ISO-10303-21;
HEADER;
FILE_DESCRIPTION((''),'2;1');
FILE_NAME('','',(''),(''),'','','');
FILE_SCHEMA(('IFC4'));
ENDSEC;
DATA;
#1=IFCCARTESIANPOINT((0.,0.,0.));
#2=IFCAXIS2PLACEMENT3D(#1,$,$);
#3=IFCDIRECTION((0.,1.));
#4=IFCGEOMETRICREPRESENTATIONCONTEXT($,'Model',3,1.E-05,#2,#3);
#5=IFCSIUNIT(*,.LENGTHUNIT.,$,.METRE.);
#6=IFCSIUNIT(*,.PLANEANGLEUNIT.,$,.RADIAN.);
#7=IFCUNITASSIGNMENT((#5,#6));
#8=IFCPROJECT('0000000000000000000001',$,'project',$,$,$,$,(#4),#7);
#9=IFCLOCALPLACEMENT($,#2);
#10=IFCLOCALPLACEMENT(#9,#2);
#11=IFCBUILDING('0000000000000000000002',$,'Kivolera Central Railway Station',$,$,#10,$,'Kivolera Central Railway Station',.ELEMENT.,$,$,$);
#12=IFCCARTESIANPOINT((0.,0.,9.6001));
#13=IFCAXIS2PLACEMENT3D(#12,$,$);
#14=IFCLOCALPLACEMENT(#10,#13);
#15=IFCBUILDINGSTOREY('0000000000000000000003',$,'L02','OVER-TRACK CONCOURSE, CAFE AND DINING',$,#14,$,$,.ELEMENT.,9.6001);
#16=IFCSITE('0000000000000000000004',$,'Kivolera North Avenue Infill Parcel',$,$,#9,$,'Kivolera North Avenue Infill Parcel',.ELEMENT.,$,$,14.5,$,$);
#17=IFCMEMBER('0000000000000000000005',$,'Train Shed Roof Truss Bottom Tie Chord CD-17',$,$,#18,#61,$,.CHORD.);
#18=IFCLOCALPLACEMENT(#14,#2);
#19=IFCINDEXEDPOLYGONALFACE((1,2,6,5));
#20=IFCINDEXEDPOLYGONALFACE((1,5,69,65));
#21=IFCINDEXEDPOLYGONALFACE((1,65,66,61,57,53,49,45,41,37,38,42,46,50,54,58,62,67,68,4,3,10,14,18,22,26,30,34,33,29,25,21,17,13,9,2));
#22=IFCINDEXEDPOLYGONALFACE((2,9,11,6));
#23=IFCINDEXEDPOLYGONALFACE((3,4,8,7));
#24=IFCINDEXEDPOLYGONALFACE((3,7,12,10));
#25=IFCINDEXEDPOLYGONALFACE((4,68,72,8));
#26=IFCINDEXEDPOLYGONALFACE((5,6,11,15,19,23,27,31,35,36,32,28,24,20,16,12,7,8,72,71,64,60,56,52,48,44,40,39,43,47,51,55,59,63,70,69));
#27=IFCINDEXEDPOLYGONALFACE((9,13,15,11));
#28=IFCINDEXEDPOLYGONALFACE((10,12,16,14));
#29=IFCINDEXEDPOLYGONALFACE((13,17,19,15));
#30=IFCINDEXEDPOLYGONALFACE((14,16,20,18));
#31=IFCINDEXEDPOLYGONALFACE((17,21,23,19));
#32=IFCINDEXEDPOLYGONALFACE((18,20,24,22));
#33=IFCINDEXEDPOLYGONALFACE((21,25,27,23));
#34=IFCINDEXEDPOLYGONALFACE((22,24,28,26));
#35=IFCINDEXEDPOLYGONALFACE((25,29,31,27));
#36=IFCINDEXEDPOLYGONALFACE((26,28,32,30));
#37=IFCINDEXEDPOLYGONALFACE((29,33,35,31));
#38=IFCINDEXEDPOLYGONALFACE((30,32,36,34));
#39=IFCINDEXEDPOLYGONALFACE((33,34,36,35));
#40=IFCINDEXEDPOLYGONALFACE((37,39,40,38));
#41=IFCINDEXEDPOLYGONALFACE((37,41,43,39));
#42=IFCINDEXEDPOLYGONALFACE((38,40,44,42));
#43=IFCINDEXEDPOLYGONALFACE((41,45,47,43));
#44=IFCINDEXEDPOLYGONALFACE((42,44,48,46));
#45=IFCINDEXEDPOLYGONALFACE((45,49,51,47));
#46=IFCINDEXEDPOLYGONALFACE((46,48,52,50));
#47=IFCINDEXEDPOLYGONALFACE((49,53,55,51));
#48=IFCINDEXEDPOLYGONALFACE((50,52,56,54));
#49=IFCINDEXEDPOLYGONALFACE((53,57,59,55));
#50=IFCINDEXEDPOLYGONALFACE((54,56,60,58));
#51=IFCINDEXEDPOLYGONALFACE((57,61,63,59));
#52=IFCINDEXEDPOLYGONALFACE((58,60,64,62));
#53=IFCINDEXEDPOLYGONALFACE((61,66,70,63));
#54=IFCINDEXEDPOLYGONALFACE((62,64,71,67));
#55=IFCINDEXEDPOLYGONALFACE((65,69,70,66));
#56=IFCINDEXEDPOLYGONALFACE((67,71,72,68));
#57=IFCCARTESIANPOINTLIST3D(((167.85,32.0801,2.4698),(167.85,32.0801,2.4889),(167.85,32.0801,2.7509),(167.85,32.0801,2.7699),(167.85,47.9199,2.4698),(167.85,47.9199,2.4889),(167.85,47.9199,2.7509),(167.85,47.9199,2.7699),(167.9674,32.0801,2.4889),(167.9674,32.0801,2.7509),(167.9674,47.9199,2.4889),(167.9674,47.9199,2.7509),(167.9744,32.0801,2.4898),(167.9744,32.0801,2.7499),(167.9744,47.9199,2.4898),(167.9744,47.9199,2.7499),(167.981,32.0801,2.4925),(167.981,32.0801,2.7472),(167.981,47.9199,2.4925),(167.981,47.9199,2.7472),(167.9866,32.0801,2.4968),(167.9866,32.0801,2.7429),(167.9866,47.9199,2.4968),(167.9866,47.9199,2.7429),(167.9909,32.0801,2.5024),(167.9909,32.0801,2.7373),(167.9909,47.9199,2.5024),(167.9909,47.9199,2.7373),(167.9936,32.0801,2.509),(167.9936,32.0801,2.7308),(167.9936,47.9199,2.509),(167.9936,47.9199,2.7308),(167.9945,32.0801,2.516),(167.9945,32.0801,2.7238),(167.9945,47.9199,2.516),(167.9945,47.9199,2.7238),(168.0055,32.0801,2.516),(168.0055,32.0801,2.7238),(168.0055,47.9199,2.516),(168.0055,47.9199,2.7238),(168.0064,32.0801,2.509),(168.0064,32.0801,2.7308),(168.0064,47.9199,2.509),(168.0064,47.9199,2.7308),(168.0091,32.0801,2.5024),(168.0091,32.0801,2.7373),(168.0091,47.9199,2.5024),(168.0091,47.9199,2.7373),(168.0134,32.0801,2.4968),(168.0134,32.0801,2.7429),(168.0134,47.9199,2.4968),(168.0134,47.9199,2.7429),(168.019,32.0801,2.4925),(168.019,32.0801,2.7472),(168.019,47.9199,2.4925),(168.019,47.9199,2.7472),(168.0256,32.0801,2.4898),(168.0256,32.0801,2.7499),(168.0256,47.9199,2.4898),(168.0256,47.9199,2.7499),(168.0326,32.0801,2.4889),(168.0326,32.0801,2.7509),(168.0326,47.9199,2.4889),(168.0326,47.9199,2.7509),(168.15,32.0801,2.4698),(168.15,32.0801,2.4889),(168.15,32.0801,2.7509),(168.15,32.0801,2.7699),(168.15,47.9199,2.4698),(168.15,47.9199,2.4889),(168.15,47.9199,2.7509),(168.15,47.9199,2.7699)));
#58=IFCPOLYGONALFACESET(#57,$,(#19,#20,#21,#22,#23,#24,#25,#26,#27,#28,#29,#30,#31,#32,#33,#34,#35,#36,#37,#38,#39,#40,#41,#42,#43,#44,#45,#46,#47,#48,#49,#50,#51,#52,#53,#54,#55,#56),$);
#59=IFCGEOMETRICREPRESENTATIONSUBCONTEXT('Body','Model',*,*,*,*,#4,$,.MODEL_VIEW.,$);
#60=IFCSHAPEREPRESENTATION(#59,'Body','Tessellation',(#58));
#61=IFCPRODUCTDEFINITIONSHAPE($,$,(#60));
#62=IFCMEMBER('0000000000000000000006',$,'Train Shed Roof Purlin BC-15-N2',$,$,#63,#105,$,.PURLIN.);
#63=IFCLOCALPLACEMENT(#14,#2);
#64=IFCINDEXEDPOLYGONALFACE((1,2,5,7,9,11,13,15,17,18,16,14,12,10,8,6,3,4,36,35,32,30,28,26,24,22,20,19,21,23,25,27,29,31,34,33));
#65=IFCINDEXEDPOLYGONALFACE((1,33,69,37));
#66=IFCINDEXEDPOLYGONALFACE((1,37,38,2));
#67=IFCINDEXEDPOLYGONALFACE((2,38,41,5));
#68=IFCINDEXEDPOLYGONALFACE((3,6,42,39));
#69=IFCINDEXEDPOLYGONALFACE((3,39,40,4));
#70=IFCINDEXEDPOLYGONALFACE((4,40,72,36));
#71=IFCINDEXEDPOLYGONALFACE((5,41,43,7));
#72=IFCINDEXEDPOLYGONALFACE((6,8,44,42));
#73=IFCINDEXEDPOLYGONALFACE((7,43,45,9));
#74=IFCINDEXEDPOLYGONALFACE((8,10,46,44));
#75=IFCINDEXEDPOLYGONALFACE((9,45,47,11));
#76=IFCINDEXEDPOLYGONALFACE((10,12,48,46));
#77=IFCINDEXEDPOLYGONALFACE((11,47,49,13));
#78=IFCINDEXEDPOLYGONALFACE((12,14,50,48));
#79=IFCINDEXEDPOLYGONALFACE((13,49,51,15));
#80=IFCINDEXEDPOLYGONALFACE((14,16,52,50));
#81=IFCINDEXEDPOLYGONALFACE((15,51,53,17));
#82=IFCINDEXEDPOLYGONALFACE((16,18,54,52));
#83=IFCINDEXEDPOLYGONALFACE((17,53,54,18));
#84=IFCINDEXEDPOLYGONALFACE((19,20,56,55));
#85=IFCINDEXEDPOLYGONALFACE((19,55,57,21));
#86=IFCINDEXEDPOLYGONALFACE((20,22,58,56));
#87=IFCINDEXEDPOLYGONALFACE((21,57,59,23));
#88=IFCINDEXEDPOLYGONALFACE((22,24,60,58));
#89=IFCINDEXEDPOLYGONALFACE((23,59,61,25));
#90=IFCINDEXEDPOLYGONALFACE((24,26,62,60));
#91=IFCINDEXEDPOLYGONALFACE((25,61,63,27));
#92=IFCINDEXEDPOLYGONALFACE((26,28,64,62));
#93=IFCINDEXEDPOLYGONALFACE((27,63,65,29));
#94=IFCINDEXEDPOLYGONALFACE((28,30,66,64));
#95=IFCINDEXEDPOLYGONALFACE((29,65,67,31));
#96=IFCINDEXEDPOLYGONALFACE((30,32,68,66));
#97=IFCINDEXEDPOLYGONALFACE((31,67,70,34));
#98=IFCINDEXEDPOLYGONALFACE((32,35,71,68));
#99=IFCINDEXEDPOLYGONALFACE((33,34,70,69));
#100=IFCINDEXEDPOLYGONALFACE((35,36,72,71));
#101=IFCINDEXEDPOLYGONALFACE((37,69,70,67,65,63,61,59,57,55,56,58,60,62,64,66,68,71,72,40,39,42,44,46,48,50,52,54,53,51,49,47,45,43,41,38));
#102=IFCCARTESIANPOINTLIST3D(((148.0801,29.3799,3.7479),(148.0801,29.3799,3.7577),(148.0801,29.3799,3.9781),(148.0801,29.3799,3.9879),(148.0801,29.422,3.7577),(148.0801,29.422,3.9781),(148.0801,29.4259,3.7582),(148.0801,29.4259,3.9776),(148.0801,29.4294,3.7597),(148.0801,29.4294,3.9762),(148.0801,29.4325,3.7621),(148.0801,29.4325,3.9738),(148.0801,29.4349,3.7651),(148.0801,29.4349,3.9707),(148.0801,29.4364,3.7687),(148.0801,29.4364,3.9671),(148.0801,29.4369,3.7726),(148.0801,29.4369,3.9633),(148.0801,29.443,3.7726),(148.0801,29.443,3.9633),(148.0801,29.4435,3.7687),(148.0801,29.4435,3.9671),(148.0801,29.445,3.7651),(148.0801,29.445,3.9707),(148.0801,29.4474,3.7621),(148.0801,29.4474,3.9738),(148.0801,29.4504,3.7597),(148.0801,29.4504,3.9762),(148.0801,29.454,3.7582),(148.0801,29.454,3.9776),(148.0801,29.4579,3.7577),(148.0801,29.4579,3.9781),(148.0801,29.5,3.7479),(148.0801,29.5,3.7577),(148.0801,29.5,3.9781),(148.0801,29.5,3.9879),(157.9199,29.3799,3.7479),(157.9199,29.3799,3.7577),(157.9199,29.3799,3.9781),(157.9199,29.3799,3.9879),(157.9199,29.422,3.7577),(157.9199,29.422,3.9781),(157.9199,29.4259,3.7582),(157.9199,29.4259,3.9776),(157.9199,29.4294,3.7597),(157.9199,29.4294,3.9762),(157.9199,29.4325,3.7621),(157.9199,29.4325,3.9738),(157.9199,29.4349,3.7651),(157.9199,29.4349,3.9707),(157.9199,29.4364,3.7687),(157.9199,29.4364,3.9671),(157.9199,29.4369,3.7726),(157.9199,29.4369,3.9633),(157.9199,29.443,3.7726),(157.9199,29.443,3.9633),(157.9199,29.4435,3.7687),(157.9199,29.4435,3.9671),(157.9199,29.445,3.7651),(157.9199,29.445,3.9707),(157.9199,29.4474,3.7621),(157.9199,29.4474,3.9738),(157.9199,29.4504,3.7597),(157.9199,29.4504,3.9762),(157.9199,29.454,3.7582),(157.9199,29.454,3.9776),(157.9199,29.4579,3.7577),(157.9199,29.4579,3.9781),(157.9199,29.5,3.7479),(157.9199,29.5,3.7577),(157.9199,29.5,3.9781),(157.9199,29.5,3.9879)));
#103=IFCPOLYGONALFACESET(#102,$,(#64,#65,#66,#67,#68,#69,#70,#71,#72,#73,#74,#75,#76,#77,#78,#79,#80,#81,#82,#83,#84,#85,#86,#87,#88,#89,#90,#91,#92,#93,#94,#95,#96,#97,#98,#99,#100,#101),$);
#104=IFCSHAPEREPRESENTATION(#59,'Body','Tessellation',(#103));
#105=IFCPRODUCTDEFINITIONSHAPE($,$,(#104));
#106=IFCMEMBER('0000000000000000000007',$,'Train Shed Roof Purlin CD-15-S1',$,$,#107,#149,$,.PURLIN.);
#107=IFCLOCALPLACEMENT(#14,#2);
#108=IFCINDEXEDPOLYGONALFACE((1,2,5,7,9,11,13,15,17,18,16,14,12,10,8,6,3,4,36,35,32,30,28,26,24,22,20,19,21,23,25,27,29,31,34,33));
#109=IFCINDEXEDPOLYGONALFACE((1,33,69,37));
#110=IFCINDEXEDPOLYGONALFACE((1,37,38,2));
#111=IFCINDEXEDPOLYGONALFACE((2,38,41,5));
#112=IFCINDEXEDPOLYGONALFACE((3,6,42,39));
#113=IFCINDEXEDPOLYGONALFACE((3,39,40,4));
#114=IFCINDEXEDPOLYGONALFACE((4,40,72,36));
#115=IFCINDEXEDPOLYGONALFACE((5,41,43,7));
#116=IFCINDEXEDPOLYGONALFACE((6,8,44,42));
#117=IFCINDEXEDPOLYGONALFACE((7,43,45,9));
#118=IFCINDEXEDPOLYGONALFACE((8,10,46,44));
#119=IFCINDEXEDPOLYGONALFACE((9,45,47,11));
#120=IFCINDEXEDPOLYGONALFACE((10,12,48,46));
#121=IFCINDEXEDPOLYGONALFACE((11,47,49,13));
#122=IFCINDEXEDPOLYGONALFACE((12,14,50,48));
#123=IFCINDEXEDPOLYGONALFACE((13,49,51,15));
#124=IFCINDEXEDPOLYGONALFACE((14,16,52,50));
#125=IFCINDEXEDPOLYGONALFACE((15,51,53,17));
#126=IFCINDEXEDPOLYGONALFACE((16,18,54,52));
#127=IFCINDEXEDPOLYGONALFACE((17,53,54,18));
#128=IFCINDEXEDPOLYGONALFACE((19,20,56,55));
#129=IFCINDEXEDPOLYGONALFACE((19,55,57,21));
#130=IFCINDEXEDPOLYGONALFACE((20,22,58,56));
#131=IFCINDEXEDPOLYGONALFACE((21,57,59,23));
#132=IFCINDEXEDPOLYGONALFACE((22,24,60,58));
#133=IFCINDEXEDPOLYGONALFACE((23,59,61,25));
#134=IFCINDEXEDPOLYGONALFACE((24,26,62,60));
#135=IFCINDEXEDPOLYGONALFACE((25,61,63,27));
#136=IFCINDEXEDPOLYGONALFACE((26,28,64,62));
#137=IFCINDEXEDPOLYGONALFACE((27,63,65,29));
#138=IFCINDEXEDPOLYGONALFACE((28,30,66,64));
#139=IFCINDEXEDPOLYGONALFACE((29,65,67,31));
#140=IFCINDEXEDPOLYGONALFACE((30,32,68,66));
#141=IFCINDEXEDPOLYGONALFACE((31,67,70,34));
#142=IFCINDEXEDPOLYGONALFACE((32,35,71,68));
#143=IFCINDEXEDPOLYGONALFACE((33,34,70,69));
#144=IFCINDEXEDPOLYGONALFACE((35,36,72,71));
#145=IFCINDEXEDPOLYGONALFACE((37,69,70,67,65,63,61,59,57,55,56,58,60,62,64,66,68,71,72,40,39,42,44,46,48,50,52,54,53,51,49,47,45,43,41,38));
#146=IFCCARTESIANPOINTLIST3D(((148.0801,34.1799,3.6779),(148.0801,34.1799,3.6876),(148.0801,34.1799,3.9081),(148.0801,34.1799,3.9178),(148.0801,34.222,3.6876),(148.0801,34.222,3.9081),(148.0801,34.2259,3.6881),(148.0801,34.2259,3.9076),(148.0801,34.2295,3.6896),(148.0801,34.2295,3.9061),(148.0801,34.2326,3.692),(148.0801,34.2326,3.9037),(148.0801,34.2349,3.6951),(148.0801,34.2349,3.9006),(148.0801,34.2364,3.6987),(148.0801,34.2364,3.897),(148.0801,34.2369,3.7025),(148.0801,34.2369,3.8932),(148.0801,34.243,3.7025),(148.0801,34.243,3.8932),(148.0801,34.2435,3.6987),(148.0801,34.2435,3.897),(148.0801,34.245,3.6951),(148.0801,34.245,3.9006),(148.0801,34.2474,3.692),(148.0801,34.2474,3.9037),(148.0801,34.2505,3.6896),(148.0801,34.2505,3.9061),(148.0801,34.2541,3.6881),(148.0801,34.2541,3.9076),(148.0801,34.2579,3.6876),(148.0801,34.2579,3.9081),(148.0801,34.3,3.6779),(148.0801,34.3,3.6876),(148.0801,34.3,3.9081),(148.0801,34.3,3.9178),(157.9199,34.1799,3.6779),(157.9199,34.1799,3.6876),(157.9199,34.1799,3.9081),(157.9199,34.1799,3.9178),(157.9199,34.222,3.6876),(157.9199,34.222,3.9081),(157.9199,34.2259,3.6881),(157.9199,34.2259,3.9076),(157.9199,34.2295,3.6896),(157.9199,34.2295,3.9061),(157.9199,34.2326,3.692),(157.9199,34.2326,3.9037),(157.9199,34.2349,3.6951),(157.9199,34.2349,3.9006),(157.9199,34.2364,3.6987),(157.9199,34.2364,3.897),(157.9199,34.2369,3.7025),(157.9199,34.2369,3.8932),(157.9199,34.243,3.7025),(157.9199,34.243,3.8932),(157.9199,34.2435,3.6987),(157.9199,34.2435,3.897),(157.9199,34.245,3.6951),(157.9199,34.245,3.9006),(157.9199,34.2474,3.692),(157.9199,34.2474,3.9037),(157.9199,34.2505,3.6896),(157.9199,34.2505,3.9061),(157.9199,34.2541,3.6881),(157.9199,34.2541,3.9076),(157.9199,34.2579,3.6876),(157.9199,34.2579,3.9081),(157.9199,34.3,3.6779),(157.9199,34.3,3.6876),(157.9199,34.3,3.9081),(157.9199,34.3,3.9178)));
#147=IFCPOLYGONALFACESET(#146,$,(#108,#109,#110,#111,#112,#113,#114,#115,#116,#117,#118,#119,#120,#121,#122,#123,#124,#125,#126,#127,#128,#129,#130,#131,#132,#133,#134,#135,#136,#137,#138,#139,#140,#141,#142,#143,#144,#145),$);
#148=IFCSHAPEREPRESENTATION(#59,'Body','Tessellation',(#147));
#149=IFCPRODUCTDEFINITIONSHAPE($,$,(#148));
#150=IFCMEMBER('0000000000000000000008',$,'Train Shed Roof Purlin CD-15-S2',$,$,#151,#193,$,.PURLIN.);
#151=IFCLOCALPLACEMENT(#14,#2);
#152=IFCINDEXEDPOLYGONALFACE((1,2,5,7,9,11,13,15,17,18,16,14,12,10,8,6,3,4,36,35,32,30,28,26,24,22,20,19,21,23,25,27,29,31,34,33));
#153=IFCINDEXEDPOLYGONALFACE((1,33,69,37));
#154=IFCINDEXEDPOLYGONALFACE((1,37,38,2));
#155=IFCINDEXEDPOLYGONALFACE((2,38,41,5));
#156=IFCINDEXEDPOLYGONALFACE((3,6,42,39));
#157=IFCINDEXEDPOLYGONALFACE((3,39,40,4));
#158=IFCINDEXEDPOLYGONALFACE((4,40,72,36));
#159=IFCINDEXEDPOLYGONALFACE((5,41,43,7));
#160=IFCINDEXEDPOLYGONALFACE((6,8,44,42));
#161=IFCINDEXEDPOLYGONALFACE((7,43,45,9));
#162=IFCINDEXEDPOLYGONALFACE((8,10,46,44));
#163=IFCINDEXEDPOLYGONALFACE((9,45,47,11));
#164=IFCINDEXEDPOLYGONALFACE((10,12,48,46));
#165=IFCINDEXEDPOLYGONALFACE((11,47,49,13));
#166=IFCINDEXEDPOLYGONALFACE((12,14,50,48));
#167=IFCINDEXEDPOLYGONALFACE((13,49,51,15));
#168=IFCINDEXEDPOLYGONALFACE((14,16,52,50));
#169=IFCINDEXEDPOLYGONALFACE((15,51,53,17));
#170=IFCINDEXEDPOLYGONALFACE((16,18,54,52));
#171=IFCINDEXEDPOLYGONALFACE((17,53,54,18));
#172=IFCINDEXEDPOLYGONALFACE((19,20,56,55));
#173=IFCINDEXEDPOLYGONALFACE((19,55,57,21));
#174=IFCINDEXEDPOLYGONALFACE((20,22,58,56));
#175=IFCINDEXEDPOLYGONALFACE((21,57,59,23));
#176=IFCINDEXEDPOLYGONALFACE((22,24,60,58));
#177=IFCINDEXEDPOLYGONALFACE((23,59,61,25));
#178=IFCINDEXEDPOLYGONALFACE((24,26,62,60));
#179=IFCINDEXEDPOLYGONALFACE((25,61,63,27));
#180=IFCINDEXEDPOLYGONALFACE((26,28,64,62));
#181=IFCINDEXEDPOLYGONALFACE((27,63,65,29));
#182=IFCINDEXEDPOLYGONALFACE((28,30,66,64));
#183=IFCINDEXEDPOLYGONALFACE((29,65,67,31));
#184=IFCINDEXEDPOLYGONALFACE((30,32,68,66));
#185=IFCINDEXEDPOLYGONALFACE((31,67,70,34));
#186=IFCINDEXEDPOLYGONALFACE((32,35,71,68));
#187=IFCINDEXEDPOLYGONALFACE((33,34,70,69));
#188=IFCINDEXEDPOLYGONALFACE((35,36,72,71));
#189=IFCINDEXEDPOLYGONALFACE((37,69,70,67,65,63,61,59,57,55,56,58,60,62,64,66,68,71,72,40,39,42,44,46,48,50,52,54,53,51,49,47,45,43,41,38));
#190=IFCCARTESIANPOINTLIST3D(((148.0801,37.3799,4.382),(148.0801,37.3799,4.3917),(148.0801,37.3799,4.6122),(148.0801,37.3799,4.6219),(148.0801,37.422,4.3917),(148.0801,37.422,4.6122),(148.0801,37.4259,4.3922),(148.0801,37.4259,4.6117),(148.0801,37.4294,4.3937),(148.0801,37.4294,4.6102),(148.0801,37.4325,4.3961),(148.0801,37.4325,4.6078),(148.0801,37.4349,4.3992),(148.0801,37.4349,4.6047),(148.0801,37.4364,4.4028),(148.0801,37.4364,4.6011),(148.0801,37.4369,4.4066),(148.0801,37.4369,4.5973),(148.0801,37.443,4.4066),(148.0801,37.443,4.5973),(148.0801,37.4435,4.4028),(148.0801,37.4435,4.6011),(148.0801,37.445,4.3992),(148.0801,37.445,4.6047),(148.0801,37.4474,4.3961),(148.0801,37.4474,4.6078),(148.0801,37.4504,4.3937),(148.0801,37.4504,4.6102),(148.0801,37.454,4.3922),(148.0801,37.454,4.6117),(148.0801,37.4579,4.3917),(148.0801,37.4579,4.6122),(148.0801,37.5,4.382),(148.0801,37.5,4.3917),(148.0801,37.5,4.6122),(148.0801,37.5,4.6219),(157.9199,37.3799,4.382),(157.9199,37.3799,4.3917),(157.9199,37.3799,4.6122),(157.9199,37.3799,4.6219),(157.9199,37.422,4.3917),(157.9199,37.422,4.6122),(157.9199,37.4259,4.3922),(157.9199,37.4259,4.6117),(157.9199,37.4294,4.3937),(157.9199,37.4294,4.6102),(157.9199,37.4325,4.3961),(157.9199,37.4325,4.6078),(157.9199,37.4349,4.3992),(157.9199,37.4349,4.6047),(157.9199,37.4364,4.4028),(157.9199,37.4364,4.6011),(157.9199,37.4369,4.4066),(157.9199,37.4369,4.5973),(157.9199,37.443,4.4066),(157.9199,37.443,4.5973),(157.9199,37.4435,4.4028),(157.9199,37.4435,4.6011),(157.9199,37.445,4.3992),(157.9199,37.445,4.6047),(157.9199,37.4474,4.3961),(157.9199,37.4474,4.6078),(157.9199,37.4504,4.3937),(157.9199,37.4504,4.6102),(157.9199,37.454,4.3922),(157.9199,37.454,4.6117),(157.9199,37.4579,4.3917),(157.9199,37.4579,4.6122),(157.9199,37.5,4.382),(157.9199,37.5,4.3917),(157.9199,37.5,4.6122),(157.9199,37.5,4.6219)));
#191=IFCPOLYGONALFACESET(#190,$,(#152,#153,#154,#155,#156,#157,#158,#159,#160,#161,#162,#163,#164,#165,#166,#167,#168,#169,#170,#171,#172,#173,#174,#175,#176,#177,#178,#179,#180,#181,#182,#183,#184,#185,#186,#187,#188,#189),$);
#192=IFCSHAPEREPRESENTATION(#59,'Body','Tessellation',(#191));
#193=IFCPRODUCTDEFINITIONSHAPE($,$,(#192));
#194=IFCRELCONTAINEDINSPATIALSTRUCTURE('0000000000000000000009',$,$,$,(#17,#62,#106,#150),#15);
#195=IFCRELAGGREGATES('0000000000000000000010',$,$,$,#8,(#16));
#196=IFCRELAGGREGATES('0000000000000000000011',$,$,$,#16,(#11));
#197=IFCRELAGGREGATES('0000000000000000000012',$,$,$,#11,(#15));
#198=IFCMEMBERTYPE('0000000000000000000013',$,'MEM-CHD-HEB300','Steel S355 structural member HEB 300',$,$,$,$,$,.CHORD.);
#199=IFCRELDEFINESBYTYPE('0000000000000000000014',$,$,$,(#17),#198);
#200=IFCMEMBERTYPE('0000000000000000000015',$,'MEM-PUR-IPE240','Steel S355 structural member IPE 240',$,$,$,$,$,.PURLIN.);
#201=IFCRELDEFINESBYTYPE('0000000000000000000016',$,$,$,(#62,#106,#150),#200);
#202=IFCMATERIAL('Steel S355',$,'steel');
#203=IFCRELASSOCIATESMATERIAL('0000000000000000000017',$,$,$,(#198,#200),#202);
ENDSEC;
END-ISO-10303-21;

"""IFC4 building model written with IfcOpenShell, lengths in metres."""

from ifc_helpers import new_model, si_unit, direction, frame, origin, origin_2d, place, context, subcontext, project, spatial, i_section, extrude, material, material_profile, profile_set, type_object, element, save


model = new_model("IFC4")

# Units and contexts
model_context = context("Model", 3, precision=1e-05, world=origin(), true_north=direction((0.0, 1.0)))
body_context = subcontext(model_context, "Body", "Model", "MODEL_VIEW")
ifc_project = project(units=[si_unit("LENGTHUNIT", "METRE"), si_unit("PLANEANGLEUNIT", "RADIAN")], contexts=[model_context])

# Site, building, storey
site_placement = place(None, origin())
site = spatial("IfcSite", under=ifc_project, at=site_placement, Name="Kivolera North Avenue Infill Parcel", LongName="Kivolera North Avenue Infill Parcel", CompositionType="ELEMENT", RefElevation=14.5)
building_placement = place(site_placement, origin())
building = spatial("IfcBuilding", under=site, at=building_placement, Name="Kivolera Central Railway Station", LongName="Kivolera Central Railway Station", CompositionType="ELEMENT")
storey_placement = place(building_placement, frame((0.0, 0.0, 9.6001)))
storey = spatial("IfcBuildingStorey", under=building, at=storey_placement, Name="L02", Description="OVER-TRACK CONCOURSE, CAFE AND DINING", CompositionType="ELEMENT", Elevation=9.6001)

# Shared definitions
ifc_material_1 = material(Name="Steel S355", Category="steel")

# Members
ifc_material_profile_1 = material_profile(ifc_material_1, i_section(OverallWidth=0.3, OverallDepth=0.3, WebThickness=0.011, FlangeThickness=0.019, FilletRadius=0.0271, at=origin_2d()), Name="HEB 300")
ifc_profile_set_1 = profile_set([ifc_material_profile_1], Name="Steel S355")
member_type_1 = type_object("IfcMemberType", Name="MEM-CHD-HEB300", Description="Steel S355 structural member HEB 300", PredefinedType="CHORD", material=ifc_profile_set_1)
for number, where, z_axis, x_axis, name in (
    (1, (168.0, 32.0801, 2.6199), (0.0, 1.0, 0.0), (-1.0, 0.0, 0.0), "Train Shed Roof Truss Bottom Tie Chord CD-17"),
):
    element("IfcMember", number, at=place(storey_placement, frame(where, z_axis=z_axis, x_axis=x_axis)), inside=storey, type_object=member_type_1, Name=name, PredefinedType="CHORD", context=body_context, shape_type="SweptSolid", body=[
        extrude(i_section(OverallWidth=0.3, OverallDepth=0.3, WebThickness=0.011, FlangeThickness=0.019, FilletRadius=0.0271, at=origin_2d()), origin(), (0.0, 0.0, 1.0), 15.8398),
    ])
ifc_material_profile_2 = material_profile(ifc_material_1, i_section(OverallWidth=0.1201, OverallDepth=0.24, WebThickness=0.0061, FlangeThickness=0.0098, FilletRadius=0.0149, at=origin_2d()), Name="IPE 240")
ifc_profile_set_2 = profile_set([ifc_material_profile_2], Name="Steel S355")
member_type_2 = type_object("IfcMemberType", Name="MEM-PUR-IPE240", Description="Steel S355 structural member IPE 240", PredefinedType="PURLIN", material=ifc_profile_set_2)
for number, where, z_axis, x_axis, name in (
    (2, (148.0801, 29.4399, 3.8679), (1.0, 0.0, 0.0), (0.0, 1.0, 0.0), "Train Shed Roof Purlin BC-15-N2"),
    (3, (148.0801, 34.24, 3.7979), (1.0, 0.0, 0.0), (0.0, 1.0, 0.0), "Train Shed Roof Purlin CD-15-S1"),
    (4, (148.0801, 37.4399, 4.502), (1.0, 0.0, 0.0), (0.0, 1.0, 0.0), "Train Shed Roof Purlin CD-15-S2"),
):
    element("IfcMember", number, at=place(storey_placement, frame(where, z_axis=z_axis, x_axis=x_axis)), inside=storey, type_object=member_type_2, Name=name, PredefinedType="PURLIN", context=body_context, shape_type="SweptSolid", body=[
        extrude(i_section(OverallWidth=0.1201, OverallDepth=0.24, WebThickness=0.0061, FlangeThickness=0.0098, FilletRadius=0.0149, at=origin_2d()), origin(), (0.0, 0.0, 1.0), 9.8398),
    ])

save(model, "model.ifc")
